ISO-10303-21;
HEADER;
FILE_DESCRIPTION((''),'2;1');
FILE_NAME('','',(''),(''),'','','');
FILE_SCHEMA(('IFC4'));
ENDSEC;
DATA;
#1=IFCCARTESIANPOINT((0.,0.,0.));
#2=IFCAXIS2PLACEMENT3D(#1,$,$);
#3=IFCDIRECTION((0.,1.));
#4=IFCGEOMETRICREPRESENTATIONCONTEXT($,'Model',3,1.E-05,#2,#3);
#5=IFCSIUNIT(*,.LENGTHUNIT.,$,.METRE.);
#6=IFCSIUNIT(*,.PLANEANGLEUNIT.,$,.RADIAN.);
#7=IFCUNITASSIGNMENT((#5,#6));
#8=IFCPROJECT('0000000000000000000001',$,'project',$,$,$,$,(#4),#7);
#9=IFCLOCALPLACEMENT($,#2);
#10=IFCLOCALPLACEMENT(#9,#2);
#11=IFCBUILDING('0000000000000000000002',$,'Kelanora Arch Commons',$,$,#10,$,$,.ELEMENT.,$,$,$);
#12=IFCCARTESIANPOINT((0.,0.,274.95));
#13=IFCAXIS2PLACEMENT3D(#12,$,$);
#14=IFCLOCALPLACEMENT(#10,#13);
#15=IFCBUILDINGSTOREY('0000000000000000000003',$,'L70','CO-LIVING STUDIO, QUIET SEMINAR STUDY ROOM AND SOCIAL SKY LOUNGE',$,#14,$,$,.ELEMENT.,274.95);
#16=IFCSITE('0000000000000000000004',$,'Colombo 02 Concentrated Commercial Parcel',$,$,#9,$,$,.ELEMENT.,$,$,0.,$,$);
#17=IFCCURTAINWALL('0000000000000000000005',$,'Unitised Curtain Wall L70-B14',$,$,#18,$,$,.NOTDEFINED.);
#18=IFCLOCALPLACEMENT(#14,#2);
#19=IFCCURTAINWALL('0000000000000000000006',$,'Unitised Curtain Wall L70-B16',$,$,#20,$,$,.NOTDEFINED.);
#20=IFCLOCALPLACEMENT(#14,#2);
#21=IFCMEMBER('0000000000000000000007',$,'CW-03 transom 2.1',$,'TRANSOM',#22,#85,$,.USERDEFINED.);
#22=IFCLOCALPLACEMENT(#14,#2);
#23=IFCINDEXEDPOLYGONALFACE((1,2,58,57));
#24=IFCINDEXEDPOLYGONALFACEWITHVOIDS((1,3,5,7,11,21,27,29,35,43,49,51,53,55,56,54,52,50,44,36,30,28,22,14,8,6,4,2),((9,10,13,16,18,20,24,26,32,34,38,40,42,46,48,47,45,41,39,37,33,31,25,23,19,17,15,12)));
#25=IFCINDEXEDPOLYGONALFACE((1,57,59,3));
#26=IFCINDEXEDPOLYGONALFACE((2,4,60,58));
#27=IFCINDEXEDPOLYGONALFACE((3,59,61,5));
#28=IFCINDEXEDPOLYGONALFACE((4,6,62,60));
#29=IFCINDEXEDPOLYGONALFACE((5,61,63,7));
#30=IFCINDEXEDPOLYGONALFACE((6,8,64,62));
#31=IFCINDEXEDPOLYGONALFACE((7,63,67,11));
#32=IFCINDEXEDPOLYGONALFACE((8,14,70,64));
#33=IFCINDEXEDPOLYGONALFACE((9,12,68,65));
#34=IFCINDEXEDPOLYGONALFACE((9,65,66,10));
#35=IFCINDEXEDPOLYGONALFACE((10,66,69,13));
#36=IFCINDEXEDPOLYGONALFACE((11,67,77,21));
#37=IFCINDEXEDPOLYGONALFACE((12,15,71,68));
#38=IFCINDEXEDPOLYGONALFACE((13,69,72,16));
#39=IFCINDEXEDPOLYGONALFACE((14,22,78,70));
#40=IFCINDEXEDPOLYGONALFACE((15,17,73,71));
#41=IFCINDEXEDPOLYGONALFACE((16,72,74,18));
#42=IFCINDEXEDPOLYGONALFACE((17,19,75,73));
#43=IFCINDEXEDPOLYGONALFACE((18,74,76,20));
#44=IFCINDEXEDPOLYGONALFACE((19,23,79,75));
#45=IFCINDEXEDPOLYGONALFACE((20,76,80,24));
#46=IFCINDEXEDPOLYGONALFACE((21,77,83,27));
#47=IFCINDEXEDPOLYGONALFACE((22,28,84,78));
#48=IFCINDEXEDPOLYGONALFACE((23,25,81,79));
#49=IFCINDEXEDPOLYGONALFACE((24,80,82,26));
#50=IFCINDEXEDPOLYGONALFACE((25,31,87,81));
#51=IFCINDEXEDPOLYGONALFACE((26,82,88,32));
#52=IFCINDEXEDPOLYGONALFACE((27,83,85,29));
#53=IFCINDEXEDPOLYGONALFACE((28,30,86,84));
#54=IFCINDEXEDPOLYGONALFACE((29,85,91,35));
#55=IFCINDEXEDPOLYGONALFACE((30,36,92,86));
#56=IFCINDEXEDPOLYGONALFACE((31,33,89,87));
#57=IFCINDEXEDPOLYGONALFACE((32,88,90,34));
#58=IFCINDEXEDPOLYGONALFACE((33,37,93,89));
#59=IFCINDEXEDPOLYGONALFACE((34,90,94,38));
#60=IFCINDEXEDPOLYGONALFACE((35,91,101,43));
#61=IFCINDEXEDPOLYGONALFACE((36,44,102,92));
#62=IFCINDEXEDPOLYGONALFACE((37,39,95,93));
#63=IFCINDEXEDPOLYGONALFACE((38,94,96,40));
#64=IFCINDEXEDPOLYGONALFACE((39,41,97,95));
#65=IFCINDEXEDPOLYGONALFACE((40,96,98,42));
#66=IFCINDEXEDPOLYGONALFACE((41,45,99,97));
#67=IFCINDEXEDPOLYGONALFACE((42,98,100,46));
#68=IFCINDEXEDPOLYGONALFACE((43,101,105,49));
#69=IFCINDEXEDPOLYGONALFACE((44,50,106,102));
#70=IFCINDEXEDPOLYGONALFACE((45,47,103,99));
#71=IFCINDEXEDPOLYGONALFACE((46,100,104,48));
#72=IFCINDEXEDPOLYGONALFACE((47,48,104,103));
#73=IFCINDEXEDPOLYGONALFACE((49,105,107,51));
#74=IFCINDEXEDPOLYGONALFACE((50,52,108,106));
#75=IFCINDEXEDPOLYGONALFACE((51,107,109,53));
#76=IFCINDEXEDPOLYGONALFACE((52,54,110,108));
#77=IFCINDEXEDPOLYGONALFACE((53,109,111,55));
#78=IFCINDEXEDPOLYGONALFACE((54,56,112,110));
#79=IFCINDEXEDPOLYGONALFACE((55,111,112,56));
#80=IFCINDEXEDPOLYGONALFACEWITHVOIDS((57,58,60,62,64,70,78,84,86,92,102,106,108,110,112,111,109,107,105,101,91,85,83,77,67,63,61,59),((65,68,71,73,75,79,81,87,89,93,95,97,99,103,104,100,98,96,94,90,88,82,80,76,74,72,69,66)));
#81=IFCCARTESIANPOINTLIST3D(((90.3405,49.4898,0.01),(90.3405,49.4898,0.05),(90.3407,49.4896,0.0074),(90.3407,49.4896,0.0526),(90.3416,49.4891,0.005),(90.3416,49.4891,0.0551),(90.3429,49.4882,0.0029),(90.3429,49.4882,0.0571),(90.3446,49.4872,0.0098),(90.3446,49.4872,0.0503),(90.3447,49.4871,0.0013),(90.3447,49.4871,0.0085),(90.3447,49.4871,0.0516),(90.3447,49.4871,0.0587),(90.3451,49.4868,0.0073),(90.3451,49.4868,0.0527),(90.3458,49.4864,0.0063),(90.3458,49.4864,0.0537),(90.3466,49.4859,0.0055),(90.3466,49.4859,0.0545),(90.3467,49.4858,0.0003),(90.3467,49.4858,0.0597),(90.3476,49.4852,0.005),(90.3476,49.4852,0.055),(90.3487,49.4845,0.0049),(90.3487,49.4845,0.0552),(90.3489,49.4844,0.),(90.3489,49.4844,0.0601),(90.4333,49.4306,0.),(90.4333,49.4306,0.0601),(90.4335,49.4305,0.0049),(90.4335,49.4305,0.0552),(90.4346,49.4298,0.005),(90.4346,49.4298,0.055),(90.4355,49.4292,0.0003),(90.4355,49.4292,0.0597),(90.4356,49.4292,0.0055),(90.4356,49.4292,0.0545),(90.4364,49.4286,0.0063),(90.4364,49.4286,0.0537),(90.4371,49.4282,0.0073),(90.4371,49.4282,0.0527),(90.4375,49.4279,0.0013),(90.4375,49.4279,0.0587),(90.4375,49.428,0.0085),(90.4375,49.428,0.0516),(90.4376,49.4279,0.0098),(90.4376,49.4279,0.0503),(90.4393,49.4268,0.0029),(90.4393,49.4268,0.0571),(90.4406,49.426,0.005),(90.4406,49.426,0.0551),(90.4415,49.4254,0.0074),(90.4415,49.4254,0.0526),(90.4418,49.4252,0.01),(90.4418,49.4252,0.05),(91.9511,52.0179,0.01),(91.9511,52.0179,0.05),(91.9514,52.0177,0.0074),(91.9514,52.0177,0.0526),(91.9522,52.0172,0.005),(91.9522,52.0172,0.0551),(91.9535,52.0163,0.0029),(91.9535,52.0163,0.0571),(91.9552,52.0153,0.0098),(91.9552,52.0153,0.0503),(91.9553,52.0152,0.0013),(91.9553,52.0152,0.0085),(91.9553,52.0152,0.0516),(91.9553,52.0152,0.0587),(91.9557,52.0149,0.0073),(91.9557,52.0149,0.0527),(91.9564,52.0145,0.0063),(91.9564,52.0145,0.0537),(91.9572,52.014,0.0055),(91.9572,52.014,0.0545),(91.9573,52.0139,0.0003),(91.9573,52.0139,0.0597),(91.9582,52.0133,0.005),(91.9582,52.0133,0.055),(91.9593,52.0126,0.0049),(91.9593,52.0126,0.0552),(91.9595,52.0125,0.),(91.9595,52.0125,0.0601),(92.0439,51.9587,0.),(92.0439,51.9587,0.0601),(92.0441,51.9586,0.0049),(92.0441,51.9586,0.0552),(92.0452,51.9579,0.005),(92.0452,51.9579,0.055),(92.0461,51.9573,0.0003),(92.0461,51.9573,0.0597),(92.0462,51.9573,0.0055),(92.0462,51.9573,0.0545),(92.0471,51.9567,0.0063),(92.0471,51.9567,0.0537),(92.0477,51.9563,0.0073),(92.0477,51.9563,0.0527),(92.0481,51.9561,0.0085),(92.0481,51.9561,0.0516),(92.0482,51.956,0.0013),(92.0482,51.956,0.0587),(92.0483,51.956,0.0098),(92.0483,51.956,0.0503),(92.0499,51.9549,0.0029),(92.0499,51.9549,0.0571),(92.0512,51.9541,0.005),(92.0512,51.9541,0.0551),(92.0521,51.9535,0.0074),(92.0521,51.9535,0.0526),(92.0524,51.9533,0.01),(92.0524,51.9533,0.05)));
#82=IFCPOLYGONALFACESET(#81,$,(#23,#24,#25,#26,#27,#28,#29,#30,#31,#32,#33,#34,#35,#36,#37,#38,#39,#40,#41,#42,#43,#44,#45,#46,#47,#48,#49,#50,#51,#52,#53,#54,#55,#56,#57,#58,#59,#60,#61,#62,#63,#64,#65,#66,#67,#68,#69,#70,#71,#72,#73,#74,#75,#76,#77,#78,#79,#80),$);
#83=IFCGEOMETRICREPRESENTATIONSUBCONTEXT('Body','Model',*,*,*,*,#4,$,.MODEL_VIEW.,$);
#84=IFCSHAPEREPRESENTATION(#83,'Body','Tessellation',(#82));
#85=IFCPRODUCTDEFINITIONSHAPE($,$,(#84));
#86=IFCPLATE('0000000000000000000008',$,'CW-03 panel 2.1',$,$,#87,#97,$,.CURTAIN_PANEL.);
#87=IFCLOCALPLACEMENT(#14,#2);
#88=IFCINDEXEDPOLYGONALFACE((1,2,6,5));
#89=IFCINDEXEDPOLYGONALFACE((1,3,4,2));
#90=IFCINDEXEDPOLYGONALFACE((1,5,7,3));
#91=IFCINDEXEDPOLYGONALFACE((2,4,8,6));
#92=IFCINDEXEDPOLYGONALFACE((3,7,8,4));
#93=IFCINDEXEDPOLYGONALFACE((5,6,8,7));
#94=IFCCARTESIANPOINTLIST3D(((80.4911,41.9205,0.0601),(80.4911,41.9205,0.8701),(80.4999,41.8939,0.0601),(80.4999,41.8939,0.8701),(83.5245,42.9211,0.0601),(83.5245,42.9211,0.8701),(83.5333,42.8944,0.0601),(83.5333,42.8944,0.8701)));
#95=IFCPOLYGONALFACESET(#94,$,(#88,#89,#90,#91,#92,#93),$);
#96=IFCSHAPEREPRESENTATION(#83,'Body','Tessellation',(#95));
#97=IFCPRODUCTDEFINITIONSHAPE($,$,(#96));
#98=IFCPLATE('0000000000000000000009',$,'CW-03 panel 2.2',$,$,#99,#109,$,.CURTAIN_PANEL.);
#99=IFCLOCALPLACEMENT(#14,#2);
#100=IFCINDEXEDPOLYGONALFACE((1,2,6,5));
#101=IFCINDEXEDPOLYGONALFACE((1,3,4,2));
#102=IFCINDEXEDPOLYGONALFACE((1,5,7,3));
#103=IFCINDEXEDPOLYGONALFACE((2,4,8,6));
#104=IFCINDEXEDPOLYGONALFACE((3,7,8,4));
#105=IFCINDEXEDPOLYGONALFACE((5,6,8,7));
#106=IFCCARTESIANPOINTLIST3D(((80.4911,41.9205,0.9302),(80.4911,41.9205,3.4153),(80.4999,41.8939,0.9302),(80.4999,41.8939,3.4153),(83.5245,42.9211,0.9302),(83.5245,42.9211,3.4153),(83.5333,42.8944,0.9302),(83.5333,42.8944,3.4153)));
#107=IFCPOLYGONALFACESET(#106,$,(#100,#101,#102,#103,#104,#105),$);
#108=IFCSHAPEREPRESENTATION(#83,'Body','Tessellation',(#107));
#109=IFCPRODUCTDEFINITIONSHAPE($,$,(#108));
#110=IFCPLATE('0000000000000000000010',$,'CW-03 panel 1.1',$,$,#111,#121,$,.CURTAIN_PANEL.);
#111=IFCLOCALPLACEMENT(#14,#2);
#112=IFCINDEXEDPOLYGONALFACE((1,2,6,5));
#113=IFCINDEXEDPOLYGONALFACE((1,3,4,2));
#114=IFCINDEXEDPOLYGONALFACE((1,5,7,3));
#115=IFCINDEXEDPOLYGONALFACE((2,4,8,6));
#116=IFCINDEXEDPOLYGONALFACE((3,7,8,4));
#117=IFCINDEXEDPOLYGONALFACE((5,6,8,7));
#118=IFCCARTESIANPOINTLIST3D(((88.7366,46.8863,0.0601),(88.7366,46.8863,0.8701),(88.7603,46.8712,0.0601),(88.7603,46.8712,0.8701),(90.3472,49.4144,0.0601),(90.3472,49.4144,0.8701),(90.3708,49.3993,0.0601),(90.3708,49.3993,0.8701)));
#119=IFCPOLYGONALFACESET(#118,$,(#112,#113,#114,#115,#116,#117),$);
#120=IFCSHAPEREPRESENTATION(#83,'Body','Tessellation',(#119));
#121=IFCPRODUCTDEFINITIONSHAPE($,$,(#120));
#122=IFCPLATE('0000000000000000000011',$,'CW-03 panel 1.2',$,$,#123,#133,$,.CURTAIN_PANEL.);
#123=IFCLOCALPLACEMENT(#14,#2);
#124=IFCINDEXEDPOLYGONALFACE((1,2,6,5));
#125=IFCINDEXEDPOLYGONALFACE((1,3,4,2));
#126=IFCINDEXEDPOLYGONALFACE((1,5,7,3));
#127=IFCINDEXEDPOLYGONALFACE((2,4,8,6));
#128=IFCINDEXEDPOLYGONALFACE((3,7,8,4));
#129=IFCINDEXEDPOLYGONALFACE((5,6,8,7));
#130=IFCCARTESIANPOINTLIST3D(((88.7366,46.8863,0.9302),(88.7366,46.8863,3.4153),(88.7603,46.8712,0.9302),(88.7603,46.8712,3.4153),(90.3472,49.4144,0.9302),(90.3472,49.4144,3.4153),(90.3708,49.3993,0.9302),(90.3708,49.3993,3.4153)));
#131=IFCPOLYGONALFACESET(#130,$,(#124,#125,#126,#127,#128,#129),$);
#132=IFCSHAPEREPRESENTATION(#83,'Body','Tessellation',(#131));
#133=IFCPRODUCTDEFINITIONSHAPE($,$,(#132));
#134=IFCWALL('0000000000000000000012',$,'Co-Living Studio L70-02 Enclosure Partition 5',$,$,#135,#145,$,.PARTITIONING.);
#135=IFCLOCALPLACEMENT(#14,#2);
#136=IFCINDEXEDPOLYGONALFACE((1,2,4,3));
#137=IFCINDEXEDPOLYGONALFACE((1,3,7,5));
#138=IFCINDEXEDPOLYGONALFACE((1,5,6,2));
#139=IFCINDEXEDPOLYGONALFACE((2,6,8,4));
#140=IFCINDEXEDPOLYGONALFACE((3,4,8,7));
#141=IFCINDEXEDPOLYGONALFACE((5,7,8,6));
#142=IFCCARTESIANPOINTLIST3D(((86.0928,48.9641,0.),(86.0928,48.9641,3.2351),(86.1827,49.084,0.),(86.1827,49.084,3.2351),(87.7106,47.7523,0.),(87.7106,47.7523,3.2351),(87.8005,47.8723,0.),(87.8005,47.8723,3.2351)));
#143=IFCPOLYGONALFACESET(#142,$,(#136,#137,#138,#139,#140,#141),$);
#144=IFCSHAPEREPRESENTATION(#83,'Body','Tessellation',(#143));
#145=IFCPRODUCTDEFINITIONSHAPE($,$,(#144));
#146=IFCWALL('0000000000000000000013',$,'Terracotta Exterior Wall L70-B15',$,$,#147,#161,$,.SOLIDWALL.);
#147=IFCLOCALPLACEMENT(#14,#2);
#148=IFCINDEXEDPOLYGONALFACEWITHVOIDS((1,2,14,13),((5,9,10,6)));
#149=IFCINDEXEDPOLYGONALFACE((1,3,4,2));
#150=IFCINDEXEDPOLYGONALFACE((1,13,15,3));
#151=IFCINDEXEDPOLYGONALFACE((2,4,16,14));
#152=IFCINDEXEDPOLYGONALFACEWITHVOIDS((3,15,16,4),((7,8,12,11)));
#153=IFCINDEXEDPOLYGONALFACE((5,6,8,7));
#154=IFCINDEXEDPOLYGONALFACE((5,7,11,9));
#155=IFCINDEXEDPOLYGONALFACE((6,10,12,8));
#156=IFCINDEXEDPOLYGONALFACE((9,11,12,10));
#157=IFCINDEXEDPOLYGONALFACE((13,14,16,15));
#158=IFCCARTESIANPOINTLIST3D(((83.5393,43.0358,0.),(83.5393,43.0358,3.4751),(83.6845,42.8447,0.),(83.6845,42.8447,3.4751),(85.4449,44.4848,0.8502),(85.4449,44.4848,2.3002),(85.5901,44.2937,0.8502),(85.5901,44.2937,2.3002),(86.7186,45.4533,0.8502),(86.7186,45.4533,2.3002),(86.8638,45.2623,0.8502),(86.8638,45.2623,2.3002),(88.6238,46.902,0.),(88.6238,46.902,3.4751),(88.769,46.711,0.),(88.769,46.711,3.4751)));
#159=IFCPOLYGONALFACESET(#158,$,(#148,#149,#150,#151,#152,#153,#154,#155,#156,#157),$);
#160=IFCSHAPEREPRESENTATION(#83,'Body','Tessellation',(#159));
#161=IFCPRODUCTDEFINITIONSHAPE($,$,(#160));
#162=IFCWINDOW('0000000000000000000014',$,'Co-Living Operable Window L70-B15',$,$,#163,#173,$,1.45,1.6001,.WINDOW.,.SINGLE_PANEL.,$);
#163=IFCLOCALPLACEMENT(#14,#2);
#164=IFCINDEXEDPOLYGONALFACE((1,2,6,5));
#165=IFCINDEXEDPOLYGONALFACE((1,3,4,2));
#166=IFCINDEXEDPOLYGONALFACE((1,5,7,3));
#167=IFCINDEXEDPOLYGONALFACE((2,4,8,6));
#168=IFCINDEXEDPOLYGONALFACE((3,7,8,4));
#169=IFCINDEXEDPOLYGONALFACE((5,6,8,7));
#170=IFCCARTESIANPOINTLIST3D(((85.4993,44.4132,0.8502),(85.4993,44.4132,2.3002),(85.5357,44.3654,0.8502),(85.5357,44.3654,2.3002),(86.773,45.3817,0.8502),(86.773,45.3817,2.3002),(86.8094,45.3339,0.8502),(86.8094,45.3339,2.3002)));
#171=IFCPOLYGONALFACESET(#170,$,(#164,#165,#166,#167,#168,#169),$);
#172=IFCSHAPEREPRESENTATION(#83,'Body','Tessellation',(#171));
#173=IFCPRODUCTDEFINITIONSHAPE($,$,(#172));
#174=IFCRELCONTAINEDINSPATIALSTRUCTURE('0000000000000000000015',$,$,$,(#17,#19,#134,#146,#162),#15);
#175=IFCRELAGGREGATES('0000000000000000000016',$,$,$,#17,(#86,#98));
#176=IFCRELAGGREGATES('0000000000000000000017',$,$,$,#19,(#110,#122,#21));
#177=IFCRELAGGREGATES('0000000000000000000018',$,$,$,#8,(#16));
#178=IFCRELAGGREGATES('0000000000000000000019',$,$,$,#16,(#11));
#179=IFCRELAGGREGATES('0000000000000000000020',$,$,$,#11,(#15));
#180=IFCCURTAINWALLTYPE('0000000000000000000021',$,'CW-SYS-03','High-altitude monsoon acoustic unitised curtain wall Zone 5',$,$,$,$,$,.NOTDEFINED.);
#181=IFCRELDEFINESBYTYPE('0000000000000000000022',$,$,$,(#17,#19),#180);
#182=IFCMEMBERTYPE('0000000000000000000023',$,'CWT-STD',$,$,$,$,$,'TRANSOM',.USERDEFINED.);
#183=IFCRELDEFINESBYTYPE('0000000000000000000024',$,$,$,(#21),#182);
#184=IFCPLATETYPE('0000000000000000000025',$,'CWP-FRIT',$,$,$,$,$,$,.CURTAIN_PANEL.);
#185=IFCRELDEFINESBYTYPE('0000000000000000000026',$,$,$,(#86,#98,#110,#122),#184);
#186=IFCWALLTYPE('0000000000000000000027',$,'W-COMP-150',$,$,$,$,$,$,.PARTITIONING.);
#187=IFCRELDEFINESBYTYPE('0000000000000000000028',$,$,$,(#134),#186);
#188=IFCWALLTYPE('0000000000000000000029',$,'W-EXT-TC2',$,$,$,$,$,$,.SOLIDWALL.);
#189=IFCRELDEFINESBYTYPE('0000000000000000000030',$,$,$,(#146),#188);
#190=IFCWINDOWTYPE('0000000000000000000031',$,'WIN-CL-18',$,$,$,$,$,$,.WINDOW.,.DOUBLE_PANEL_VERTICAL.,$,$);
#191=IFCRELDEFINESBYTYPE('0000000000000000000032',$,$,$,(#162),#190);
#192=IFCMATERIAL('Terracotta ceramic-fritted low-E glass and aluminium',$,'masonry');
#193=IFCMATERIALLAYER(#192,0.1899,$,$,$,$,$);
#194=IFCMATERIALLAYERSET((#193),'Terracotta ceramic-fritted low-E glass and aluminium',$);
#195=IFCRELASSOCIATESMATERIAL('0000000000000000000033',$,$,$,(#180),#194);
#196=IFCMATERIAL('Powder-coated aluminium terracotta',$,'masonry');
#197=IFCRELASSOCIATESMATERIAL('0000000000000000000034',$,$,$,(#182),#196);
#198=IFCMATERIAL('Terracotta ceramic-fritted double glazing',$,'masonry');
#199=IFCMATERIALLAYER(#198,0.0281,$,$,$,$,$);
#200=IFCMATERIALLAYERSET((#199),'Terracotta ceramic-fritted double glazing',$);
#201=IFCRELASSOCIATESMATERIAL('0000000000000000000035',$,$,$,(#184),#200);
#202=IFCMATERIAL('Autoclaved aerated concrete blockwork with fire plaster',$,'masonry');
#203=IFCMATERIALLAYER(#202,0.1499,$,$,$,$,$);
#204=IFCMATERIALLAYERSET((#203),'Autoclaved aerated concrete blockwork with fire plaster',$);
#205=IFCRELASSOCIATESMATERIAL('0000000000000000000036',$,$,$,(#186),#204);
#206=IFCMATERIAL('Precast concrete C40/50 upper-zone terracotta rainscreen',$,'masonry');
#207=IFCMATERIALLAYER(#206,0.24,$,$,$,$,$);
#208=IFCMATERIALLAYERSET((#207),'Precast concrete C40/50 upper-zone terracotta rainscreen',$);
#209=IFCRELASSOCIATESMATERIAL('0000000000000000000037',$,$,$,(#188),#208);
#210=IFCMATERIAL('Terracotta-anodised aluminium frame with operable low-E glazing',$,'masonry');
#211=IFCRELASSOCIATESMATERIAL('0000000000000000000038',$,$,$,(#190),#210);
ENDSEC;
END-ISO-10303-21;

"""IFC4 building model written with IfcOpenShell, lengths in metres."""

from ifc_helpers import new_model, si_unit, direction, frame, frame_2d, origin, origin_2d, place, context, subcontext, project, spatial, rectangle, hollow_rectangle, extrude, source, transform, mapped, material, layer, layer_set, material_profile, profile_set, type_object, element, fill, aggregate, save


model = new_model("IFC4")

# Units and contexts
model_context = context("Model", 3, precision=1e-05, world=origin(), true_north=direction((0.0, 1.0)))
body_context = subcontext(model_context, "Body", "Model", "MODEL_VIEW")
ifc_project = project(units=[si_unit("LENGTHUNIT", "METRE"), si_unit("PLANEANGLEUNIT", "RADIAN")], contexts=[model_context])

# Site, building, storey
site_placement = place(None, origin())
site = spatial("IfcSite", under=ifc_project, at=site_placement, Name="Colombo 02 Concentrated Commercial Parcel", CompositionType="ELEMENT", RefElevation=0.0)
building_placement = place(site_placement, origin())
building = spatial("IfcBuilding", under=site, at=building_placement, Name="Kelanora Arch Commons", CompositionType="ELEMENT")
storey_placement = place(building_placement, frame((0.0, 0.0, 274.95)))
storey = spatial("IfcBuildingStorey", under=building, at=storey_placement, Name="L70", Description="CO-LIVING STUDIO, QUIET SEMINAR STUDY ROOM AND SOCIAL SKY LOUNGE", CompositionType="ELEMENT", Elevation=274.95)

# Curtain wall
ifc_material_1 = material(Name="Terracotta ceramic-fritted low-E glass and aluminium", Category="masonry")
ifc_layer_1 = layer(ifc_material_1, 0.1899)
ifc_layer_set_1 = layer_set([ifc_layer_1], Name="Terracotta ceramic-fritted low-E glass and aluminium")
curtain_wall_type = type_object("IfcCurtainWallType", Name="CW-SYS-03", Description="High-altitude monsoon acoustic unitised curtain wall Zone 5", PredefinedType="NOTDEFINED", material=ifc_layer_set_1)
curtain_wall_1_placement = place(storey_placement, origin())
curtain_wall_1 = element("IfcCurtainWall", 1, at=curtain_wall_1_placement, inside=storey, type_object=curtain_wall_type, Name="Unitised Curtain Wall L70-B14", PredefinedType="NOTDEFINED")
ifc_material_2 = material(Name="Powder-coated aluminium terracotta", Category="masonry")

# Curtain wall, member
curtain_wall_2_placement = place(storey_placement, origin())
curtain_wall_2 = element("IfcCurtainWall", 2, at=curtain_wall_2_placement, inside=storey, type_object=curtain_wall_type, Name="Unitised Curtain Wall L70-B16", PredefinedType="NOTDEFINED")
ifc_material_profile_1 = material_profile(ifc_material_2, hollow_rectangle(XDim=0.1201, YDim=0.0601, WallThickness=0.0049, InnerFilletRadius=0.0049, OuterFilletRadius=0.01, at=origin_2d()), Name="CWT120x60")
ifc_profile_set_1 = profile_set([ifc_material_profile_1], Name="Powder-coated aluminium terracotta")
member_type_1 = type_object("IfcMemberType", Name="CWT-STD", ElementType="TRANSOM", PredefinedType="USERDEFINED", material=ifc_profile_set_1)
member_1_placement = place(storey_placement, frame((90.3911, 49.4575, 0.03), z_axis=(0.537308, 0.843386, 0.0), x_axis=(-0.843386, 0.537308, 0.0)))
member_1 = element("IfcMember", 3, at=member_1_placement, type_object=member_type_1, Name="CW-03 transom 2.1", ObjectType="TRANSOM", PredefinedType="USERDEFINED", context=body_context, shape_type="SweptSolid", body=[
    extrude(hollow_rectangle(XDim=0.1201, YDim=0.0601, WallThickness=0.0049, InnerFilletRadius=0.0049, OuterFilletRadius=0.01, at=origin_2d()), origin(), (0.0, 0.0, 1.0), 2.9976),
])

# Plates
ifc_material_3 = material(Name="Terracotta ceramic-fritted double glazing", Category="masonry")
ifc_layer_2 = layer(ifc_material_3, 0.0281)
ifc_layer_set_2 = layer_set([ifc_layer_2], Name="Terracotta ceramic-fritted double glazing")
plate_type = type_object("IfcPlateType", Name="CWP-FRIT", PredefinedType="CURTAIN_PANEL", material=ifc_layer_set_2)
shared_shape_1 = source(origin(), body_context, "Body", "SweptSolid", [
    extrude(rectangle(XDim=3.1941, YDim=0.0281, at=origin_2d()), origin(), (0.0, 0.0, 1.0), 0.8101),
])
plate_1_placement = place(storey_placement, frame((82.0122, 42.4075, 0.0601), z_axis=(0.0, 0.0, 1.0), x_axis=(0.94967, 0.313253, 0.0)))
plate_1 = element("IfcPlate", 4, at=plate_1_placement, type_object=plate_type, Name="CW-03 panel 2.1", PredefinedType="CURTAIN_PANEL", context=body_context, shape_type="MappedRepresentation", body=[
    mapped(shared_shape_1, transform((0.0, 0.0, 0.0), scale=1.0)),
])
shared_shape_2 = source(origin(), body_context, "Body", "SweptSolid", [
    extrude(rectangle(XDim=3.1941, YDim=0.0281, at=origin_2d()), origin(), (0.0, 0.0, 1.0), 2.4851),
])
plate_2_placement = place(storey_placement, frame((82.0122, 42.4075, 0.9302), z_axis=(0.0, 0.0, 1.0), x_axis=(0.94967, 0.313253, 0.0)))
plate_2 = element("IfcPlate", 5, at=plate_2_placement, type_object=plate_type, Name="CW-03 panel 2.2", PredefinedType="CURTAIN_PANEL", context=body_context, shape_type="MappedRepresentation", body=[
    mapped(shared_shape_2, transform((0.0, 0.0, 0.0), scale=1.0)),
])
aggregate(curtain_wall_1, [plate_1, plate_2])
shared_shape_3 = source(origin(), body_context, "Body", "SweptSolid", [
    extrude(rectangle(XDim=2.9976, YDim=0.0281, at=origin_2d()), origin(), (0.0, 0.0, 1.0), 0.8101),
])
plate_3_placement = place(storey_placement, frame((89.5537, 48.1428, 0.0601), z_axis=(0.0, 0.0, 1.0), x_axis=(0.5373, 0.843391, 0.0)))
plate_3 = element("IfcPlate", 6, at=plate_3_placement, type_object=plate_type, Name="CW-03 panel 1.1", PredefinedType="CURTAIN_PANEL", context=body_context, shape_type="MappedRepresentation", body=[
    mapped(shared_shape_3, transform((0.0, 0.0, 0.0), scale=1.0)),
])
shared_shape_4 = source(origin(), body_context, "Body", "SweptSolid", [
    extrude(rectangle(XDim=2.9976, YDim=0.0281, at=origin_2d()), origin(), (0.0, 0.0, 1.0), 2.4851),
])
plate_4_placement = place(storey_placement, frame((89.5537, 48.1428, 0.9302), z_axis=(0.0, 0.0, 1.0), x_axis=(0.5373, 0.843391, 0.0)))
plate_4 = element("IfcPlate", 7, at=plate_4_placement, type_object=plate_type, Name="CW-03 panel 1.2", PredefinedType="CURTAIN_PANEL", context=body_context, shape_type="MappedRepresentation", body=[
    mapped(shared_shape_4, transform((0.0, 0.0, 0.0), scale=1.0)),
])
aggregate(curtain_wall_2, [plate_3, plate_4, member_1])

# Wall
ifc_material_4 = material(Name="Autoclaved aerated concrete blockwork with fire plaster", Category="masonry")
ifc_layer_3 = layer(ifc_material_4, 0.1499)
ifc_layer_set_3 = layer_set([ifc_layer_3], Name="Autoclaved aerated concrete blockwork with fire plaster")
wall_type_1 = type_object("IfcWallType", Name="W-COMP-150", PredefinedType="PARTITIONING", material=ifc_layer_set_3)
wall_1_placement = place(storey_placement, frame((87.7556, 47.8123, 0.0), z_axis=(0.0, 0.0, 1.0), x_axis=(-0.800377, 0.599497, 0.0)))
element("IfcWall", 8, at=wall_1_placement, inside=storey, type_object=wall_type_1, Name="Co-Living Studio L70-02 Enclosure Partition 5", PredefinedType="PARTITIONING", context=body_context, shape_type="SweptSolid", body=[
    extrude(rectangle(XDim=2.0212, YDim=0.1499, at=frame_2d((1.0107, 0.0))), origin(), (0.0, 0.0, 1.0), 3.2351),
])

# Wall, opening, window
ifc_material_5 = material(Name="Precast concrete C40/50 upper-zone terracotta rainscreen", Category="masonry")
ifc_layer_4 = layer(ifc_material_5, 0.24)
ifc_layer_set_4 = layer_set([ifc_layer_4], Name="Precast concrete C40/50 upper-zone terracotta rainscreen")
wall_type_2 = type_object("IfcWallType", Name="W-EXT-TC2", PredefinedType="SOLIDWALL", material=ifc_layer_set_4)
wall_2_placement = place(storey_placement, frame((83.6118, 42.9402, 0.0), z_axis=(0.0, 0.0, 1.0), x_axis=(0.79601, 0.605283, 0.0)))
wall_2 = element("IfcWall", 9, at=wall_2_placement, inside=storey, type_object=wall_type_2, Name="Terracotta Exterior Wall L70-B15", PredefinedType="SOLIDWALL", context=body_context, shape_type="SweptSolid", body=[
    extrude(rectangle(XDim=6.3875, YDim=0.24, at=frame_2d((3.1938, 0.0))), origin(), (0.0, 0.0, 1.0), 3.4751),
])
opening_placement = place(wall_2_placement, frame((2.394, 0.0, 0.8501)))
opening = element("IfcOpeningElement", 10, at=opening_placement, cuts=wall_2, PredefinedType="OPENING", context=body_context, shape_type="SweptSolid", body=[
    extrude(rectangle(XDim=1.6001, YDim=1.45, at=frame_2d((0.8, 0.7251))), frame((0.0, 0.1299, 0.0), z_axis=(0.0, -1.0, 0.0), x_axis=(1.0, 0.0, 0.0)), (0.0, 0.0, 1.0), 0.26),
])
ifc_material_6 = material(Name="Terracotta-anodised aluminium frame with operable low-E glazing", Category="masonry")
window_type = type_object("IfcWindowType", Name="WIN-CL-18", PartitioningType="DOUBLE_PANEL_VERTICAL", PredefinedType="WINDOW", material=ifc_material_6)
window_placement = place(opening_placement, origin())
window = element("IfcWindow", 11, at=window_placement, inside=storey, type_object=window_type, Name="Co-Living Operable Window L70-B15", OverallHeight=1.45, OverallWidth=1.6001, PartitioningType="SINGLE_PANEL", PredefinedType="WINDOW", context=body_context, shape_type="SweptSolid", body=[
    extrude(rectangle(XDim=1.6001, YDim=1.45, at=frame_2d((0.8, 0.7251))), frame((0.0, 0.03, 0.0), z_axis=(0.0, -1.0, 0.0), x_axis=(1.0, 0.0, 0.0)), (0.0, 0.0, 1.0), 0.0601),
])
fill(opening, window)

save(model, "model.ifc")
